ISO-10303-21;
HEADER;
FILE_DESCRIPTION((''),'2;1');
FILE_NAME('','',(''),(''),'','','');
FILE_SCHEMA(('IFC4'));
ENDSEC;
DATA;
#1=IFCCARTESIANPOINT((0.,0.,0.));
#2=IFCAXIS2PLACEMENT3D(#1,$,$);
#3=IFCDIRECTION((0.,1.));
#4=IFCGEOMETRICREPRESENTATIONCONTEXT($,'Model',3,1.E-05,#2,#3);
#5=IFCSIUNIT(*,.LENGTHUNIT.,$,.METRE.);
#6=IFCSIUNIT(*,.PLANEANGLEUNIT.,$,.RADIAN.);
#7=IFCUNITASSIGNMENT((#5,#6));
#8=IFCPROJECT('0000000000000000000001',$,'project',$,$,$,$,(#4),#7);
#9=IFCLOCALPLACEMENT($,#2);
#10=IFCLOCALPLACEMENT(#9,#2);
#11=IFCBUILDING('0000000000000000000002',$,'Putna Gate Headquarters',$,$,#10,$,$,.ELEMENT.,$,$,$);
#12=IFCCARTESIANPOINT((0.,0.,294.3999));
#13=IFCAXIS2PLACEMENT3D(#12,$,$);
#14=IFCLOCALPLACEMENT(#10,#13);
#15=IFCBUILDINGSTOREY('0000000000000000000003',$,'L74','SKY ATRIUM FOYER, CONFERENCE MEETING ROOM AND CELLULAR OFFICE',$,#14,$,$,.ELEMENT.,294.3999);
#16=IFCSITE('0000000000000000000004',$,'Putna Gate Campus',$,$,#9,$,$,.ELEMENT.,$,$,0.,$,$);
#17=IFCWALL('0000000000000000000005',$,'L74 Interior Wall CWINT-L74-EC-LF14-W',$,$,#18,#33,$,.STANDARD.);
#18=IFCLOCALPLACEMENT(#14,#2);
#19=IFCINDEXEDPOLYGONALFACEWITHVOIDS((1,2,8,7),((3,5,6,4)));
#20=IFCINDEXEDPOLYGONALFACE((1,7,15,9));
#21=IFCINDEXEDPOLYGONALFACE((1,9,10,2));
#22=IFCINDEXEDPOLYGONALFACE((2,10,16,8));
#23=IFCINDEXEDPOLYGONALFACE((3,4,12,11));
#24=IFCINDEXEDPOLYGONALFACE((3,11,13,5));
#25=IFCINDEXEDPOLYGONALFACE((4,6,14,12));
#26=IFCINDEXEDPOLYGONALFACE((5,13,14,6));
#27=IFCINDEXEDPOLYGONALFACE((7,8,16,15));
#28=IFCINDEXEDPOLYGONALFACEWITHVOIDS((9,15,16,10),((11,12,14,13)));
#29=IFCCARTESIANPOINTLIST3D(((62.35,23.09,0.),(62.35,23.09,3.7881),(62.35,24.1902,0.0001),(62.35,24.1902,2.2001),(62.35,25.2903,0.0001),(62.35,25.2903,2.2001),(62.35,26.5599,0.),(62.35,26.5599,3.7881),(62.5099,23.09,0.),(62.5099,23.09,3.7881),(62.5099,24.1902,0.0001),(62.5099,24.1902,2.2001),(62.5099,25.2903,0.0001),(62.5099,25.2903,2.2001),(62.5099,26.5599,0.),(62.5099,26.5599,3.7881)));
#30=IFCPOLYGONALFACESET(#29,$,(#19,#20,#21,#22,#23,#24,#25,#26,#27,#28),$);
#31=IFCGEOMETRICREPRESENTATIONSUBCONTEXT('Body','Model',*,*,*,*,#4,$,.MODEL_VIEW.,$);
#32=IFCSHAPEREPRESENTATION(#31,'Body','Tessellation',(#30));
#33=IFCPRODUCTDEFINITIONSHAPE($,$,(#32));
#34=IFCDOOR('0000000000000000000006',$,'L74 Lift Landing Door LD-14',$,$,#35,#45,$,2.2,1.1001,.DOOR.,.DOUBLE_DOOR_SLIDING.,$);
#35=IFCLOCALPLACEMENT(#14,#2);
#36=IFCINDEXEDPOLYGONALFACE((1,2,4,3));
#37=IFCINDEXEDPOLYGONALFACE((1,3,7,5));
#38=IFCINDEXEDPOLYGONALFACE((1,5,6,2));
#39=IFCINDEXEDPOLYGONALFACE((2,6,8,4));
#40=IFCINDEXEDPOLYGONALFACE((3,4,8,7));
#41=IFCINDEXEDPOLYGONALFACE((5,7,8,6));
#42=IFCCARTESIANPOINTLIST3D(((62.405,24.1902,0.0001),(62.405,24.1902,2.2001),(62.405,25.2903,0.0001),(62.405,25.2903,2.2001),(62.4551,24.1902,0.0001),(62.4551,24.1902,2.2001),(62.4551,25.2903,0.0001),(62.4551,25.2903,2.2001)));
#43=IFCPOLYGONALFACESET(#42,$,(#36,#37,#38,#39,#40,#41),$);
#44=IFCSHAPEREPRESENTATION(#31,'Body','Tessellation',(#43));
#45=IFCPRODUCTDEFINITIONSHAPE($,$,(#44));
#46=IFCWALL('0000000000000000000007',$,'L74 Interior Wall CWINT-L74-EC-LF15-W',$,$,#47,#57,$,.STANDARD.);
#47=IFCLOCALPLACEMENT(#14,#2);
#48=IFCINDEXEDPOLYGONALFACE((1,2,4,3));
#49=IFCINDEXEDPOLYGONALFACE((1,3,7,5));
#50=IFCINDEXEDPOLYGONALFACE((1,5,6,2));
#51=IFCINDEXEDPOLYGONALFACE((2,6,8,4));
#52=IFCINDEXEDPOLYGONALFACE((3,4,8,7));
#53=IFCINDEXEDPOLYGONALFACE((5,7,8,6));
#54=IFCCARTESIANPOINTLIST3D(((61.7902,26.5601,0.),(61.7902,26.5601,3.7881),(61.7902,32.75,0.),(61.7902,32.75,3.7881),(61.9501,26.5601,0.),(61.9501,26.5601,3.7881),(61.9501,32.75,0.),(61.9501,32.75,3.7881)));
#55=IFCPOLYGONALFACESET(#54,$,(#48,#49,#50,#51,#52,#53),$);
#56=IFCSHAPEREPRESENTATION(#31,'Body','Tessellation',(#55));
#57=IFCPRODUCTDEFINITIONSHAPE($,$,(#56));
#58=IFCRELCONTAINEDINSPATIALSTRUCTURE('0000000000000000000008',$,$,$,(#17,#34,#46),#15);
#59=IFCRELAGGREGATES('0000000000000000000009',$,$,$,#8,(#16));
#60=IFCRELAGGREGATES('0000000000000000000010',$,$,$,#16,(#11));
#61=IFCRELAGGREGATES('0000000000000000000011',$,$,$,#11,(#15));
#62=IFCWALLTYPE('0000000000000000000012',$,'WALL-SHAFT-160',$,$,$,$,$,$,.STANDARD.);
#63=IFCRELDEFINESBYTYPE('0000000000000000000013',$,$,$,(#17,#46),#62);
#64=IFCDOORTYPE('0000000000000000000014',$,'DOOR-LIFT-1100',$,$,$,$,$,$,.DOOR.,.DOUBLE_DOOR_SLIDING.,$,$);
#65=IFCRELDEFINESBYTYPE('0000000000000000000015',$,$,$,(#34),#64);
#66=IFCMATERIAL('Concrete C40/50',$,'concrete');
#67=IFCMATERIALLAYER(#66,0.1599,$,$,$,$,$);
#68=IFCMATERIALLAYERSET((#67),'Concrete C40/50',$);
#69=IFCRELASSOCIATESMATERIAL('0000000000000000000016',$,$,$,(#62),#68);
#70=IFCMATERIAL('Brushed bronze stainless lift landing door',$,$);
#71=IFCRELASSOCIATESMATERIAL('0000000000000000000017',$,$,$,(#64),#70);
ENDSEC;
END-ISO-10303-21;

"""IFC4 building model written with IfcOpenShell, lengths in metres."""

from ifc_helpers import new_model, si_unit, direction, frame, frame_2d, origin, place, context, subcontext, project, spatial, rectangle, extrude, material, layer, layer_set, type_object, element, fill, save


model = new_model("IFC4")

# Units and contexts
model_context = context("Model", 3, precision=1e-05, world=origin(), true_north=direction((0.0, 1.0)))
body_context = subcontext(model_context, "Body", "Model", "MODEL_VIEW")
ifc_project = project(units=[si_unit("LENGTHUNIT", "METRE"), si_unit("PLANEANGLEUNIT", "RADIAN")], contexts=[model_context])

# Site, building, storey
site_placement = place(None, origin())
site = spatial("IfcSite", under=ifc_project, at=site_placement, Name="Putna Gate Campus", CompositionType="ELEMENT", RefElevation=0.0)
building_placement = place(site_placement, origin())
building = spatial("IfcBuilding", under=site, at=building_placement, Name="Putna Gate Headquarters", CompositionType="ELEMENT")
storey_placement = place(building_placement, frame((0.0, 0.0, 294.3999)))
storey = spatial("IfcBuildingStorey", under=building, at=storey_placement, Name="L74", Description="SKY ATRIUM FOYER, CONFERENCE MEETING ROOM AND CELLULAR OFFICE", CompositionType="ELEMENT", Elevation=294.3999)

# Wall, opening, door
ifc_material_1 = material(Name="Concrete C40/50", Category="concrete")
ifc_layer_1 = layer(ifc_material_1, 0.1599)
ifc_layer_set_1 = layer_set([ifc_layer_1], Name="Concrete C40/50")
wall_type_1 = type_object("IfcWallType", Name="WALL-SHAFT-160", PredefinedType="STANDARD", material=ifc_layer_set_1)
wall_1_placement = place(storey_placement, frame((62.4299, 23.0901, 0.0), z_axis=(0.0, 0.0, 1.0), x_axis=(0.0, 1.0, 0.0)))
wall_1 = element("IfcWall", 1, at=wall_1_placement, inside=storey, type_object=wall_type_1, Name="L74 Interior Wall CWINT-L74-EC-LF14-W", PredefinedType="STANDARD", context=body_context, shape_type="SweptSolid", body=[
    extrude(rectangle(XDim=3.47, YDim=0.1599, at=frame_2d((1.7349, 0.0))), origin(), (0.0, 0.0, 1.0), 3.7881),
])
opening_placement = place(wall_1_placement, frame((1.1001, 0.0, 0.0)))
opening = element("IfcOpeningElement", 2, at=opening_placement, cuts=wall_1, PredefinedType="OPENING", context=body_context, shape_type="SweptSolid", body=[
    extrude(rectangle(XDim=1.1001, YDim=2.2, at=frame_2d((0.55, 1.1001))), frame((0.0, 0.0898, 0.0), z_axis=(0.0, -1.0, 0.0), x_axis=(1.0, 0.0, 0.0)), (0.0, 0.0, 1.0), 0.1799),
])
ifc_material_2 = material(Name="Brushed bronze stainless lift landing door")
door_type = type_object("IfcDoorType", Name="DOOR-LIFT-1100", OperationType="DOUBLE_DOOR_SLIDING", PredefinedType="DOOR", material=ifc_material_2)
door_placement = place(opening_placement, origin())
door = element("IfcDoor", 3, at=door_placement, inside=storey, type_object=door_type, Name="L74 Lift Landing Door LD-14", OperationType="DOUBLE_DOOR_SLIDING", OverallHeight=2.2, OverallWidth=1.1001, PredefinedType="DOOR", context=body_context, shape_type="SweptSolid", body=[
    extrude(rectangle(XDim=1.1001, YDim=2.2, at=frame_2d((0.55, 1.1001))), frame((0.0, 0.0249, 0.0), z_axis=(0.0, -1.0, 0.0), x_axis=(1.0, 0.0, 0.0)), (0.0, 0.0, 1.0), 0.05),
])
fill(opening, door)

# Wall
wall_2_placement = place(storey_placement, frame((61.8701, 26.5601, 0.0), z_axis=(0.0, 0.0, 1.0), x_axis=(0.0, 1.0, 0.0)))
element("IfcWall", 4, at=wall_2_placement, inside=storey, type_object=wall_type_1, Name="L74 Interior Wall CWINT-L74-EC-LF15-W", PredefinedType="STANDARD", context=body_context, shape_type="SweptSolid", body=[
    extrude(rectangle(XDim=6.1899, YDim=0.1599, at=frame_2d((3.095, 0.0))), origin(), (0.0, 0.0, 1.0), 3.7881),
])

save(model, "model.ifc")
